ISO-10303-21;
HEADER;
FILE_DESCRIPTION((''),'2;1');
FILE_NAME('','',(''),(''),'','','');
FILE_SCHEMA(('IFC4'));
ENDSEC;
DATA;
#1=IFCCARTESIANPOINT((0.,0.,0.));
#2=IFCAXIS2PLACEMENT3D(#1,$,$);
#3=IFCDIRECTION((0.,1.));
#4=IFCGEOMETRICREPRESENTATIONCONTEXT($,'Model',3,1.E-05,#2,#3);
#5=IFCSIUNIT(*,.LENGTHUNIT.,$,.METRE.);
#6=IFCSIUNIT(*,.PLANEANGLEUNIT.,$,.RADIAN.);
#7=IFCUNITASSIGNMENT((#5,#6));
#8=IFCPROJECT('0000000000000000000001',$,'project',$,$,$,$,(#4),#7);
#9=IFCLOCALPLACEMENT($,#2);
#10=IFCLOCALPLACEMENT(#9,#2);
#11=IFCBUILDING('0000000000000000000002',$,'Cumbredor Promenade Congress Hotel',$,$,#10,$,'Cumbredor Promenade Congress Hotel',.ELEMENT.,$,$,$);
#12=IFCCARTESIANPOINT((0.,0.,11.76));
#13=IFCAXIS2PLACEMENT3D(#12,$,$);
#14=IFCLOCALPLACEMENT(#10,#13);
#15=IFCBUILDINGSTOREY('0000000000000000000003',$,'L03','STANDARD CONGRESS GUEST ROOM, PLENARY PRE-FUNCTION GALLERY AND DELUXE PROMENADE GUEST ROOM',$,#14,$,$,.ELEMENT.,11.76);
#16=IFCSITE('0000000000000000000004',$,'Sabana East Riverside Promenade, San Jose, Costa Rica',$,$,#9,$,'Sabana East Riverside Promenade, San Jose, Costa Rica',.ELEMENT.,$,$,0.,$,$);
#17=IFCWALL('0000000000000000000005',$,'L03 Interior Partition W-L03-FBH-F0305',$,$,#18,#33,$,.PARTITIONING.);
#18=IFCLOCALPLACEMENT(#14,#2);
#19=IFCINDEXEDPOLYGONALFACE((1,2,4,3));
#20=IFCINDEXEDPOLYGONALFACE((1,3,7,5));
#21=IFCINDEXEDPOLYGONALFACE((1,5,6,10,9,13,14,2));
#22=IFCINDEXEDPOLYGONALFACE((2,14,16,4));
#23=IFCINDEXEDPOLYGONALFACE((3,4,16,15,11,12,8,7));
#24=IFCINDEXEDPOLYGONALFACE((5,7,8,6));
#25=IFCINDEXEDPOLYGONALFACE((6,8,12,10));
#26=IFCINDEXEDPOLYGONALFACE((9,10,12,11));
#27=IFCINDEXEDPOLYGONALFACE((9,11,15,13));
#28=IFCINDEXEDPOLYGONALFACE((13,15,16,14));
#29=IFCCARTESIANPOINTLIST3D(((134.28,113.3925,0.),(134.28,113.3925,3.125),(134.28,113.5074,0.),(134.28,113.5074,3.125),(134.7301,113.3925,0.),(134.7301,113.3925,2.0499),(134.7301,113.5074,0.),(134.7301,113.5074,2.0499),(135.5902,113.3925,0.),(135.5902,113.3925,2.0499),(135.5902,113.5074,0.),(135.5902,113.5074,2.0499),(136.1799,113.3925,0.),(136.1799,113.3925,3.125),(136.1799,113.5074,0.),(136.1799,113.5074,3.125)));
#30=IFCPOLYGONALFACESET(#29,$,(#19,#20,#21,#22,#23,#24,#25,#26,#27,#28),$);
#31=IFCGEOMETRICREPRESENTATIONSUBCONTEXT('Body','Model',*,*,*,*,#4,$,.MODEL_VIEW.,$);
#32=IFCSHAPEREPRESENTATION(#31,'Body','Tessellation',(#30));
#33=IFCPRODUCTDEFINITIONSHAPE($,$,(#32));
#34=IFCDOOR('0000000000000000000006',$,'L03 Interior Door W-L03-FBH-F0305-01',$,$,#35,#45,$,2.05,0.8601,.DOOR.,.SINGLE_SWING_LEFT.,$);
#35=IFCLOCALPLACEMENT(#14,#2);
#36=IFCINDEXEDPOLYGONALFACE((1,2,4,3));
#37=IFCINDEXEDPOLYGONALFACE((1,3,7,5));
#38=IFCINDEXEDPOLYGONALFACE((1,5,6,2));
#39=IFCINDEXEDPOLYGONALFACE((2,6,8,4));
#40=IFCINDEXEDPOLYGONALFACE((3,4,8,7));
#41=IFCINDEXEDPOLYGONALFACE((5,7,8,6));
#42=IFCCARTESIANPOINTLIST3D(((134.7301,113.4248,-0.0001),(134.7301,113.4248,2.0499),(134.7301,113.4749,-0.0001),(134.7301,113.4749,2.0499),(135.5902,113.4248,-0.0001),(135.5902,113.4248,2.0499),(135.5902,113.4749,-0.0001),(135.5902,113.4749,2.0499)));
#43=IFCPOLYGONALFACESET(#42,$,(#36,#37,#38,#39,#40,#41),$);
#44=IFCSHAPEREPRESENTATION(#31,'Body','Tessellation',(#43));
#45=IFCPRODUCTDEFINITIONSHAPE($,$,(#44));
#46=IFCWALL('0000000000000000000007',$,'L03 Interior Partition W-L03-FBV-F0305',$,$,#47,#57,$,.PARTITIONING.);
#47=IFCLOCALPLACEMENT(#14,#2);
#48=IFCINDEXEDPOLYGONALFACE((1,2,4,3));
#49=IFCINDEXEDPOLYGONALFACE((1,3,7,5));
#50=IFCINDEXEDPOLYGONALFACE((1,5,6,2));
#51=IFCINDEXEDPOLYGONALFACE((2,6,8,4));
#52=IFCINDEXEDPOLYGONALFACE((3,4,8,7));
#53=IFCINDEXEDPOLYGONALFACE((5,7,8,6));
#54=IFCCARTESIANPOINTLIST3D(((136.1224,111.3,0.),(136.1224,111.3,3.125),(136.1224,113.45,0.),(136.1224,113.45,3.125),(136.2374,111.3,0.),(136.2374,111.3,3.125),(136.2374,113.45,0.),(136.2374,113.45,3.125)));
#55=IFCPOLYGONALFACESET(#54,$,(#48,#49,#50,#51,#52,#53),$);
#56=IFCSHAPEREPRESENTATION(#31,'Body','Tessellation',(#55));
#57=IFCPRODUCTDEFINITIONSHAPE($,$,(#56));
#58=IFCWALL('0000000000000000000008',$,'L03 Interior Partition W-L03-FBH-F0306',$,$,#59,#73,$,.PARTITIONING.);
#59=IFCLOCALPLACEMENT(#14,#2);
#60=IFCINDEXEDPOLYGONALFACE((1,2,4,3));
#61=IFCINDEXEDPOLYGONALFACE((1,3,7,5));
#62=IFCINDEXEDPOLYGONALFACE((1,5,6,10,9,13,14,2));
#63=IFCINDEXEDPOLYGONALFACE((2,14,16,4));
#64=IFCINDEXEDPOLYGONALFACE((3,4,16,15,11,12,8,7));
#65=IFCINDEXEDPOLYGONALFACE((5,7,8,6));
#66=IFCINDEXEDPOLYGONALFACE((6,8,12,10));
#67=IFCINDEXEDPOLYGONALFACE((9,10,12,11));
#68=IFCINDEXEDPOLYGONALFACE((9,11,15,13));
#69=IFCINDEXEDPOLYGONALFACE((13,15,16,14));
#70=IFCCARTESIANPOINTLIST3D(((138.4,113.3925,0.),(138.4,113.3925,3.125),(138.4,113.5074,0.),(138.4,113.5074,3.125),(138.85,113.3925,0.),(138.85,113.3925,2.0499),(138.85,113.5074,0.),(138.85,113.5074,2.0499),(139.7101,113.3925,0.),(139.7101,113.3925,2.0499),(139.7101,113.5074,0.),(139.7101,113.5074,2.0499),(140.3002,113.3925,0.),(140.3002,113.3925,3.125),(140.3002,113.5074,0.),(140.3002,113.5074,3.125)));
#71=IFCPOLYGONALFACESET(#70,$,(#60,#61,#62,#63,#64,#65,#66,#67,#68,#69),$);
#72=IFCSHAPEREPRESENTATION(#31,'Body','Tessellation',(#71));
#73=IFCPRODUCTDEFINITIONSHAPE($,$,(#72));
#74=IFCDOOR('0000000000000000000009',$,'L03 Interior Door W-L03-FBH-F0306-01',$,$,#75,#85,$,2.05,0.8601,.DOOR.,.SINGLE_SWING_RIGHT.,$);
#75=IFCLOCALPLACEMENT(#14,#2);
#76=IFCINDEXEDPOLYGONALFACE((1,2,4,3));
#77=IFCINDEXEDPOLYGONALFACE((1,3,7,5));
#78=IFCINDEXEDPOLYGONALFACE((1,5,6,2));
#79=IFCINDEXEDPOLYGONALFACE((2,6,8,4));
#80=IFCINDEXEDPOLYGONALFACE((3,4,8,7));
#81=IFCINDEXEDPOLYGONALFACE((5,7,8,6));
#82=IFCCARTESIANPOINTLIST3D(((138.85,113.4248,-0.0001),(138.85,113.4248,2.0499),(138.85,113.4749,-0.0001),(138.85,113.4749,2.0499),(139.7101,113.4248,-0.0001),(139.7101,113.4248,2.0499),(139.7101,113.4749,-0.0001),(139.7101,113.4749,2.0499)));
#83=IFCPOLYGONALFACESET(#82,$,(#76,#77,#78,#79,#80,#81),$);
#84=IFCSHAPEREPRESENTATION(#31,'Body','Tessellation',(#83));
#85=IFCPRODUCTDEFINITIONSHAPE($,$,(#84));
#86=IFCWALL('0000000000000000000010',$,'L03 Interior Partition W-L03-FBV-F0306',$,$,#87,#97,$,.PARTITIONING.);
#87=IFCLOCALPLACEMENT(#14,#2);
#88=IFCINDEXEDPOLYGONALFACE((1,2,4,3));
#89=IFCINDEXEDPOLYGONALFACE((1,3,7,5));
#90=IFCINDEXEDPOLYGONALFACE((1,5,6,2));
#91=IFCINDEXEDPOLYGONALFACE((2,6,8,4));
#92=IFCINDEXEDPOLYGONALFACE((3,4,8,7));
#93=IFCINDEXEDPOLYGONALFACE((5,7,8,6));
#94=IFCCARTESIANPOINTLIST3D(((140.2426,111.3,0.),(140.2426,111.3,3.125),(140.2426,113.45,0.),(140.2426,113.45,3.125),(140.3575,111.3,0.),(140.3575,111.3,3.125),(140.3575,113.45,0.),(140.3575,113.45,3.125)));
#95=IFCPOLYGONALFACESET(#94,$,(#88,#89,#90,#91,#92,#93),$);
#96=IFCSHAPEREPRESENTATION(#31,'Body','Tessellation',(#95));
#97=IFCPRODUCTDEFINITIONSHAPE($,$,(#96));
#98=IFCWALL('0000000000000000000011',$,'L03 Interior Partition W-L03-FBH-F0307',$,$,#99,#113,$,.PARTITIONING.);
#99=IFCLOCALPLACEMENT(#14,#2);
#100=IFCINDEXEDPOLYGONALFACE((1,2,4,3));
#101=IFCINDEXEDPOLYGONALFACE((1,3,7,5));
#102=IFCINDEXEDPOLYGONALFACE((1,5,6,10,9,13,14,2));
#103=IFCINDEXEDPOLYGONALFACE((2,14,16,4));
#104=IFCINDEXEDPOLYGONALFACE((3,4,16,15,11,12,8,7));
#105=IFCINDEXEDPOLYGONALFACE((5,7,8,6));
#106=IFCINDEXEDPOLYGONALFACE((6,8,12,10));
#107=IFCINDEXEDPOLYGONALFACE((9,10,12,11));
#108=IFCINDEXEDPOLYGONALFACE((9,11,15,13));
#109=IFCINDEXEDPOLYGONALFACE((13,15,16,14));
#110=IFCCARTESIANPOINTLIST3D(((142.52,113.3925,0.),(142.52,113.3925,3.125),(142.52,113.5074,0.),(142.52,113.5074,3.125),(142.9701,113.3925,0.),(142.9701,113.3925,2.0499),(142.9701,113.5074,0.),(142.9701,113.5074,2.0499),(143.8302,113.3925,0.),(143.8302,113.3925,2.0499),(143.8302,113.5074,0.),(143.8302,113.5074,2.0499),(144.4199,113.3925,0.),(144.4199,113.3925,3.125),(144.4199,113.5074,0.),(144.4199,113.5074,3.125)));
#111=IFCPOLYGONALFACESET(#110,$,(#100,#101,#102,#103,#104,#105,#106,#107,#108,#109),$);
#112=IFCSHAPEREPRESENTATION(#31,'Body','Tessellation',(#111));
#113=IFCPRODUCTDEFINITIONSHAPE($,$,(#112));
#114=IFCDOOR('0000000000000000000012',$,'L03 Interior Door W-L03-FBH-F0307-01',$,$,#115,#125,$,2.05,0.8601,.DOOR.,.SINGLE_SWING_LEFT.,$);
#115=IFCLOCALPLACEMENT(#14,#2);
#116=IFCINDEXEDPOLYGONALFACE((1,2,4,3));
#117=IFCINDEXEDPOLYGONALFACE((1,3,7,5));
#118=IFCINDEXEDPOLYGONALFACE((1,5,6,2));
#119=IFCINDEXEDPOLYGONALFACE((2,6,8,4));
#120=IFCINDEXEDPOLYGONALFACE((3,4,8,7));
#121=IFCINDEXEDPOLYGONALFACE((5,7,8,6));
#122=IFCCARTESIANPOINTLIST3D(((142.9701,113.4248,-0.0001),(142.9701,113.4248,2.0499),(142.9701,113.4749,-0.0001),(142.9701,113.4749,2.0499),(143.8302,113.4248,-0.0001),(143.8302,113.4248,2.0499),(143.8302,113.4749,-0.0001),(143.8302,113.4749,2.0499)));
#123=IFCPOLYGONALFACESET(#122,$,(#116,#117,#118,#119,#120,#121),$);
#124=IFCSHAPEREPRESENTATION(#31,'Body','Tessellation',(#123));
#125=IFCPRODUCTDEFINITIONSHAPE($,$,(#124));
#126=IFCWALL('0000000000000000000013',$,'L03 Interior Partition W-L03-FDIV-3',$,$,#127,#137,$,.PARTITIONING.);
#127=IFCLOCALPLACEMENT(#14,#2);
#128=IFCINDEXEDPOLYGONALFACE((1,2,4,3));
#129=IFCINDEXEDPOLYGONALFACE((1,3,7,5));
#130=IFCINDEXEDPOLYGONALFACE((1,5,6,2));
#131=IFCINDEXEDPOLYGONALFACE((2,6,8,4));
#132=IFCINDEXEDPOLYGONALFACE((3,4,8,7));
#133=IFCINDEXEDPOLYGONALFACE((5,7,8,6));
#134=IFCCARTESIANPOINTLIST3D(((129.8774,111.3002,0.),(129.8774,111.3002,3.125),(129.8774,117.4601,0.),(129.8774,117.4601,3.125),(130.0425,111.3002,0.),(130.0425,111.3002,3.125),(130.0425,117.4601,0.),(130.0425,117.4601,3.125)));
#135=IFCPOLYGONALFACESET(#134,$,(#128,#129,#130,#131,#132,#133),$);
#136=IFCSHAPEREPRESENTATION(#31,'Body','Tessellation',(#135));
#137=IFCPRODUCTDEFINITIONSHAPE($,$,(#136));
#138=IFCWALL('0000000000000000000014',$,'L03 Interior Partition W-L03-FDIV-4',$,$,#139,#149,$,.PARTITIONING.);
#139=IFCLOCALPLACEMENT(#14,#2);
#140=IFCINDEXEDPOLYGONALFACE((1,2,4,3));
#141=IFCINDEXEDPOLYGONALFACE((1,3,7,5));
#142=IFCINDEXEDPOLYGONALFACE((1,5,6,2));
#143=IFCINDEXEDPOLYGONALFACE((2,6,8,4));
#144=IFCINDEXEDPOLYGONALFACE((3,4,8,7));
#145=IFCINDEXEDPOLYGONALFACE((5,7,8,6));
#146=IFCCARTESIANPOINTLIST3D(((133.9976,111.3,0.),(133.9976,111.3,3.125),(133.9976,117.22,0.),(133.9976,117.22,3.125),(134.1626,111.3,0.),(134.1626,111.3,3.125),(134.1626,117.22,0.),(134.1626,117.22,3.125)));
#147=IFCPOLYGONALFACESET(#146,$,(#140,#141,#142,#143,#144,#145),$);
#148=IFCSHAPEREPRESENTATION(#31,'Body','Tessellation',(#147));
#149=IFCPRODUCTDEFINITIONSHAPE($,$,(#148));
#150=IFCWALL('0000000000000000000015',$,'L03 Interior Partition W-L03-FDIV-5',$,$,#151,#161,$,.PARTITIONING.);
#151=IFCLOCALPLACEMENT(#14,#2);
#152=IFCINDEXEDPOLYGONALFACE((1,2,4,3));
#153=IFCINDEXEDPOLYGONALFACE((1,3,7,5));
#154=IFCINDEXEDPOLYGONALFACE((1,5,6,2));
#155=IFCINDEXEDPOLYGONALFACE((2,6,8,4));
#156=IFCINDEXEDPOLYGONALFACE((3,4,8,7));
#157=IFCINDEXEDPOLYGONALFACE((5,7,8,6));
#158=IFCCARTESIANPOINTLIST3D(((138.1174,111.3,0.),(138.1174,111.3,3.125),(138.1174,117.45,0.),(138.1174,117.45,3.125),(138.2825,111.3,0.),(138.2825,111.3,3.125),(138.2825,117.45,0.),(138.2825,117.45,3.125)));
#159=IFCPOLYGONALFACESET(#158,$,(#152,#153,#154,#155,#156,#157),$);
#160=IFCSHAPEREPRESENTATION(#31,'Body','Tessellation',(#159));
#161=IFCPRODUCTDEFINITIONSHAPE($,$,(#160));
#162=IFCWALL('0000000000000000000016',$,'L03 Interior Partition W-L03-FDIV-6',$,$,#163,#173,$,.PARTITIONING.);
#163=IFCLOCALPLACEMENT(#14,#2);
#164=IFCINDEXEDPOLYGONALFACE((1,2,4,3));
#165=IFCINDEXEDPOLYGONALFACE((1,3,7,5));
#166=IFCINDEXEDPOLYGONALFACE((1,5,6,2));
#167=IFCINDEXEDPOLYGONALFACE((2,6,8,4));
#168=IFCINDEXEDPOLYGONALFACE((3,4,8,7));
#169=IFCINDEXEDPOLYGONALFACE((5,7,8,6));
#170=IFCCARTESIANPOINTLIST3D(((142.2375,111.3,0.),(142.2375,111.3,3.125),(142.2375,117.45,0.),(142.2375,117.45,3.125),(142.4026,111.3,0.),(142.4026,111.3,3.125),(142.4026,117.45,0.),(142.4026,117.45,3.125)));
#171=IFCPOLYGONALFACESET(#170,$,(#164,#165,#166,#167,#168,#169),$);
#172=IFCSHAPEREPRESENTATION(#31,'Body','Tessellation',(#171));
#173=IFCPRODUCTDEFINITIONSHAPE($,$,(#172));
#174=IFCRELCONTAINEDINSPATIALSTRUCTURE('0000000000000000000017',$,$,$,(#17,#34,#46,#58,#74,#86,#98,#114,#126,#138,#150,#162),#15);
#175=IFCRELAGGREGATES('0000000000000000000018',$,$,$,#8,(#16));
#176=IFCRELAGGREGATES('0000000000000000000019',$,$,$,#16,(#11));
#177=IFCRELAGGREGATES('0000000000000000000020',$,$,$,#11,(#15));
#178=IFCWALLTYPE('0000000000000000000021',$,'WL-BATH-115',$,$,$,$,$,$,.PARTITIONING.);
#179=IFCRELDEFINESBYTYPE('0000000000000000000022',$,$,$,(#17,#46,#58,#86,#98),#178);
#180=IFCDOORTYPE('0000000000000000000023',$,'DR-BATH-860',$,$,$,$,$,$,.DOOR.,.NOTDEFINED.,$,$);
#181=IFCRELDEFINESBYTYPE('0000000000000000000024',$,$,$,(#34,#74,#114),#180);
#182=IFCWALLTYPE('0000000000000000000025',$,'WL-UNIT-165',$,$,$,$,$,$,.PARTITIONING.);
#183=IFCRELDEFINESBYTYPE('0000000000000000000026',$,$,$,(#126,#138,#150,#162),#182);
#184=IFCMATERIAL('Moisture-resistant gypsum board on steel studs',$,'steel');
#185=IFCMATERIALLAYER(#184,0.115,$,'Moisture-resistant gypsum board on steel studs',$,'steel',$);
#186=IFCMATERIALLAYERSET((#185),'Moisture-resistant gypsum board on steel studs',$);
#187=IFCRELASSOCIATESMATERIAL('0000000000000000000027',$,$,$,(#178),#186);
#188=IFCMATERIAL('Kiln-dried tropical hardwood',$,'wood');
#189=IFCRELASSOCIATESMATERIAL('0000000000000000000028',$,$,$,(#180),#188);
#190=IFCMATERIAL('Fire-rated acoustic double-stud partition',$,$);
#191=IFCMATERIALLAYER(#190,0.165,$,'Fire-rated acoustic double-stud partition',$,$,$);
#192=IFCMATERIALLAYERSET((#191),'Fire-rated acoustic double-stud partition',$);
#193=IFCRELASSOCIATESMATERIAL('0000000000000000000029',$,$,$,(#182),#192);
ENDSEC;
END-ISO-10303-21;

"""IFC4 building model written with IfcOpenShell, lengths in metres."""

from ifc_helpers import new_model, si_unit, direction, frame, frame_2d, origin, place, context, subcontext, project, spatial, rectangle, extrude, material, layer, layer_set, type_object, element, fill, save


model = new_model("IFC4")

# Units and contexts
model_context = context("Model", 3, precision=1e-05, world=origin(), true_north=direction((0.0, 1.0)))
body_context = subcontext(model_context, "Body", "Model", "MODEL_VIEW")
ifc_project = project(units=[si_unit("LENGTHUNIT", "METRE"), si_unit("PLANEANGLEUNIT", "RADIAN")], contexts=[model_context])

# Site, building, storey
site_placement = place(None, origin())
site = spatial("IfcSite", under=ifc_project, at=site_placement, Name="Sabana East Riverside Promenade, San Jose, Costa Rica", LongName="Sabana East Riverside Promenade, San Jose, Costa Rica", CompositionType="ELEMENT", RefElevation=0.0)
building_placement = place(site_placement, origin())
building = spatial("IfcBuilding", under=site, at=building_placement, Name="Cumbredor Promenade Congress Hotel", LongName="Cumbredor Promenade Congress Hotel", CompositionType="ELEMENT")
storey_placement = place(building_placement, frame((0.0, 0.0, 11.76)))
storey = spatial("IfcBuildingStorey", under=building, at=storey_placement, Name="L03", Description="STANDARD CONGRESS GUEST ROOM, PLENARY PRE-FUNCTION GALLERY AND DELUXE PROMENADE GUEST ROOM", CompositionType="ELEMENT", Elevation=11.76)

# Shared definitions
ifc_material_1 = material(Name="Moisture-resistant gypsum board on steel studs", Category="steel")
ifc_layer_1 = layer(ifc_material_1, 0.115, Name="Moisture-resistant gypsum board on steel studs", Category="steel")
ifc_layer_set_1 = layer_set([ifc_layer_1], Name="Moisture-resistant gypsum board on steel studs")
wall_type_1 = type_object("IfcWallType", Name="WL-BATH-115", PredefinedType="PARTITIONING", material=ifc_layer_set_1)
ifc_material_2 = material(Name="Kiln-dried tropical hardwood", Category="wood")
door_type = type_object("IfcDoorType", Name="DR-BATH-860", OperationType="NOTDEFINED", PredefinedType="DOOR", material=ifc_material_2)

# Wall, opening, door
wall_1_placement = place(storey_placement, frame((134.28, 113.45, 0.0), z_axis=(0.0, 0.0, 1.0), x_axis=(1.0, 0.0, 0.0)))
wall_1 = element("IfcWall", 1, at=wall_1_placement, inside=storey, type_object=wall_type_1, Name="L03 Interior Partition W-L03-FBH-F0305", PredefinedType="PARTITIONING", context=body_context, shape_type="SweptSolid", body=[
    extrude(rectangle(XDim=1.8999, YDim=0.115, at=frame_2d((0.95, 0.0))), origin(), (0.0, 0.0, 1.0), 3.125),
])
opening_1_placement = place(wall_1_placement, frame((0.45, 0.0, 0.0)))
opening_1 = element("IfcOpeningElement", 2, at=opening_1_placement, cuts=wall_1, PredefinedType="OPENING", context=body_context, shape_type="SweptSolid", body=[
    extrude(rectangle(XDim=0.8601, YDim=2.05, at=frame_2d((0.4302, 1.0249))), frame((0.0, 0.0674, 0.0), z_axis=(0.0, -1.0, 0.0), x_axis=(1.0, 0.0, 0.0)), (0.0, 0.0, 1.0), 0.135),
])
door_1_placement = place(opening_1_placement, origin())
door_1 = element("IfcDoor", 3, at=door_1_placement, inside=storey, type_object=door_type, Name="L03 Interior Door W-L03-FBH-F0305-01", OperationType="SINGLE_SWING_LEFT", OverallHeight=2.05, OverallWidth=0.8601, PredefinedType="DOOR", context=body_context, shape_type="SweptSolid", body=[
    extrude(rectangle(XDim=0.8601, YDim=2.05, at=frame_2d((0.4302, 1.0249))), frame((0.0, 0.0249, 0.0), z_axis=(0.0, -1.0, 0.0), x_axis=(1.0, 0.0, 0.0)), (0.0, 0.0, 1.0), 0.05),
])
fill(opening_1, door_1)

# Wall
wall_2_placement = place(storey_placement, frame((136.1799, 111.3, 0.0), z_axis=(0.0, 0.0, 1.0), x_axis=(0.0, 1.0, 0.0)))
element("IfcWall", 4, at=wall_2_placement, inside=storey, type_object=wall_type_1, Name="L03 Interior Partition W-L03-FBV-F0305", PredefinedType="PARTITIONING", context=body_context, shape_type="SweptSolid", body=[
    extrude(rectangle(XDim=2.1499, YDim=0.115, at=frame_2d((1.075, 0.0))), origin(), (0.0, 0.0, 1.0), 3.125),
])

# Wall, opening, door
wall_3_placement = place(storey_placement, frame((138.3999, 113.45, 0.0), z_axis=(0.0, 0.0, 1.0), x_axis=(1.0, 0.0, 0.0)))
wall_3 = element("IfcWall", 5, at=wall_3_placement, inside=storey, type_object=wall_type_1, Name="L03 Interior Partition W-L03-FBH-F0306", PredefinedType="PARTITIONING", context=body_context, shape_type="SweptSolid", body=[
    extrude(rectangle(XDim=1.9001, YDim=0.115, at=frame_2d((0.9502, 0.0))), origin(), (0.0, 0.0, 1.0), 3.125),
])
opening_2_placement = place(wall_3_placement, frame((0.45, 0.0, 0.0)))
opening_2 = element("IfcOpeningElement", 6, at=opening_2_placement, cuts=wall_3, PredefinedType="OPENING", context=body_context, shape_type="SweptSolid", body=[
    extrude(rectangle(XDim=0.8601, YDim=2.05, at=frame_2d((0.4302, 1.0249))), frame((0.0, 0.0674, 0.0), z_axis=(0.0, -1.0, 0.0), x_axis=(1.0, 0.0, 0.0)), (0.0, 0.0, 1.0), 0.135),
])
door_2_placement = place(opening_2_placement, origin())
door_2 = element("IfcDoor", 7, at=door_2_placement, inside=storey, type_object=door_type, Name="L03 Interior Door W-L03-FBH-F0306-01", OperationType="SINGLE_SWING_RIGHT", OverallHeight=2.05, OverallWidth=0.8601, PredefinedType="DOOR", context=body_context, shape_type="SweptSolid", body=[
    extrude(rectangle(XDim=0.8601, YDim=2.05, at=frame_2d((0.4302, 1.0249))), frame((0.0, 0.0249, 0.0), z_axis=(0.0, -1.0, 0.0), x_axis=(1.0, 0.0, 0.0)), (0.0, 0.0, 1.0), 0.05),
])
fill(opening_2, door_2)

# Wall
wall_4_placement = place(storey_placement, frame((140.3, 111.3, 0.0), z_axis=(0.0, 0.0, 1.0), x_axis=(0.0, 1.0, 0.0)))
element("IfcWall", 8, at=wall_4_placement, inside=storey, type_object=wall_type_1, Name="L03 Interior Partition W-L03-FBV-F0306", PredefinedType="PARTITIONING", context=body_context, shape_type="SweptSolid", body=[
    extrude(rectangle(XDim=2.1499, YDim=0.115, at=frame_2d((1.075, 0.0))), origin(), (0.0, 0.0, 1.0), 3.125),
])

# Wall, opening, door
wall_5_placement = place(storey_placement, frame((142.52, 113.45, 0.0), z_axis=(0.0, 0.0, 1.0), x_axis=(1.0, 0.0, 0.0)))
wall_5 = element("IfcWall", 9, at=wall_5_placement, inside=storey, type_object=wall_type_1, Name="L03 Interior Partition W-L03-FBH-F0307", PredefinedType="PARTITIONING", context=body_context, shape_type="SweptSolid", body=[
    extrude(rectangle(XDim=1.8999, YDim=0.115, at=frame_2d((0.95, 0.0))), origin(), (0.0, 0.0, 1.0), 3.125),
])
opening_3_placement = place(wall_5_placement, frame((0.45, 0.0, 0.0)))
opening_3 = element("IfcOpeningElement", 10, at=opening_3_placement, cuts=wall_5, PredefinedType="OPENING", context=body_context, shape_type="SweptSolid", body=[
    extrude(rectangle(XDim=0.8601, YDim=2.05, at=frame_2d((0.4302, 1.0249))), frame((0.0, 0.0674, 0.0), z_axis=(0.0, -1.0, 0.0), x_axis=(1.0, 0.0, 0.0)), (0.0, 0.0, 1.0), 0.135),
])
door_3_placement = place(opening_3_placement, origin())
door_3 = element("IfcDoor", 11, at=door_3_placement, inside=storey, type_object=door_type, Name="L03 Interior Door W-L03-FBH-F0307-01", OperationType="SINGLE_SWING_LEFT", OverallHeight=2.05, OverallWidth=0.8601, PredefinedType="DOOR", context=body_context, shape_type="SweptSolid", body=[
    extrude(rectangle(XDim=0.8601, YDim=2.05, at=frame_2d((0.4302, 1.0249))), frame((0.0, 0.0249, 0.0), z_axis=(0.0, -1.0, 0.0), x_axis=(1.0, 0.0, 0.0)), (0.0, 0.0, 1.0), 0.05),
])
fill(opening_3, door_3)

# Walls
ifc_material_3 = material(Name="Fire-rated acoustic double-stud partition")
ifc_layer_2 = layer(ifc_material_3, 0.165, Name="Fire-rated acoustic double-stud partition")
ifc_layer_set_2 = layer_set([ifc_layer_2], Name="Fire-rated acoustic double-stud partition")
wall_type_2 = type_object("IfcWallType", Name="WL-UNIT-165", PredefinedType="PARTITIONING", material=ifc_layer_set_2)
wall_6_placement = place(storey_placement, frame((129.96, 111.3, 0.0), z_axis=(0.0, 0.0, 1.0), x_axis=(0.0, 1.0, 0.0)))
element("IfcWall", 12, at=wall_6_placement, inside=storey, type_object=wall_type_2, Name="L03 Interior Partition W-L03-FDIV-3", PredefinedType="PARTITIONING", context=body_context, shape_type="SweptSolid", body=[
    extrude(rectangle(XDim=6.1599, YDim=0.165, at=frame_2d((3.0801, 0.0))), origin(), (0.0, 0.0, 1.0), 3.125),
])
wall_7_placement = place(storey_placement, frame((134.0801, 111.3, 0.0), z_axis=(0.0, 0.0, 1.0), x_axis=(0.0, 1.0, 0.0)))
element("IfcWall", 13, at=wall_7_placement, inside=storey, type_object=wall_type_2, Name="L03 Interior Partition W-L03-FDIV-4", PredefinedType="PARTITIONING", context=body_context, shape_type="SweptSolid", body=[
    extrude(rectangle(XDim=5.9199, YDim=0.165, at=frame_2d((2.96, 0.0))), origin(), (0.0, 0.0, 1.0), 3.125),
])
for number, where, z_axis, x_axis, name in (
    (14, (138.2, 111.3, 0.0), (0.0, 0.0, 1.0), (0.0, 1.0, 0.0), "L03 Interior Partition W-L03-FDIV-5"),
    (15, (142.3201, 111.3, 0.0), (0.0, 0.0, 1.0), (0.0, 1.0, 0.0), "L03 Interior Partition W-L03-FDIV-6"),
):
    element("IfcWall", number, at=place(storey_placement, frame(where, z_axis=z_axis, x_axis=x_axis)), inside=storey, type_object=wall_type_2, Name=name, PredefinedType="PARTITIONING", context=body_context, shape_type="SweptSolid", body=[
        extrude(rectangle(XDim=6.1499, YDim=0.165, at=frame_2d((3.075, 0.0))), origin(), (0.0, 0.0, 1.0), 3.125),
    ])

save(model, "model.ifc")
